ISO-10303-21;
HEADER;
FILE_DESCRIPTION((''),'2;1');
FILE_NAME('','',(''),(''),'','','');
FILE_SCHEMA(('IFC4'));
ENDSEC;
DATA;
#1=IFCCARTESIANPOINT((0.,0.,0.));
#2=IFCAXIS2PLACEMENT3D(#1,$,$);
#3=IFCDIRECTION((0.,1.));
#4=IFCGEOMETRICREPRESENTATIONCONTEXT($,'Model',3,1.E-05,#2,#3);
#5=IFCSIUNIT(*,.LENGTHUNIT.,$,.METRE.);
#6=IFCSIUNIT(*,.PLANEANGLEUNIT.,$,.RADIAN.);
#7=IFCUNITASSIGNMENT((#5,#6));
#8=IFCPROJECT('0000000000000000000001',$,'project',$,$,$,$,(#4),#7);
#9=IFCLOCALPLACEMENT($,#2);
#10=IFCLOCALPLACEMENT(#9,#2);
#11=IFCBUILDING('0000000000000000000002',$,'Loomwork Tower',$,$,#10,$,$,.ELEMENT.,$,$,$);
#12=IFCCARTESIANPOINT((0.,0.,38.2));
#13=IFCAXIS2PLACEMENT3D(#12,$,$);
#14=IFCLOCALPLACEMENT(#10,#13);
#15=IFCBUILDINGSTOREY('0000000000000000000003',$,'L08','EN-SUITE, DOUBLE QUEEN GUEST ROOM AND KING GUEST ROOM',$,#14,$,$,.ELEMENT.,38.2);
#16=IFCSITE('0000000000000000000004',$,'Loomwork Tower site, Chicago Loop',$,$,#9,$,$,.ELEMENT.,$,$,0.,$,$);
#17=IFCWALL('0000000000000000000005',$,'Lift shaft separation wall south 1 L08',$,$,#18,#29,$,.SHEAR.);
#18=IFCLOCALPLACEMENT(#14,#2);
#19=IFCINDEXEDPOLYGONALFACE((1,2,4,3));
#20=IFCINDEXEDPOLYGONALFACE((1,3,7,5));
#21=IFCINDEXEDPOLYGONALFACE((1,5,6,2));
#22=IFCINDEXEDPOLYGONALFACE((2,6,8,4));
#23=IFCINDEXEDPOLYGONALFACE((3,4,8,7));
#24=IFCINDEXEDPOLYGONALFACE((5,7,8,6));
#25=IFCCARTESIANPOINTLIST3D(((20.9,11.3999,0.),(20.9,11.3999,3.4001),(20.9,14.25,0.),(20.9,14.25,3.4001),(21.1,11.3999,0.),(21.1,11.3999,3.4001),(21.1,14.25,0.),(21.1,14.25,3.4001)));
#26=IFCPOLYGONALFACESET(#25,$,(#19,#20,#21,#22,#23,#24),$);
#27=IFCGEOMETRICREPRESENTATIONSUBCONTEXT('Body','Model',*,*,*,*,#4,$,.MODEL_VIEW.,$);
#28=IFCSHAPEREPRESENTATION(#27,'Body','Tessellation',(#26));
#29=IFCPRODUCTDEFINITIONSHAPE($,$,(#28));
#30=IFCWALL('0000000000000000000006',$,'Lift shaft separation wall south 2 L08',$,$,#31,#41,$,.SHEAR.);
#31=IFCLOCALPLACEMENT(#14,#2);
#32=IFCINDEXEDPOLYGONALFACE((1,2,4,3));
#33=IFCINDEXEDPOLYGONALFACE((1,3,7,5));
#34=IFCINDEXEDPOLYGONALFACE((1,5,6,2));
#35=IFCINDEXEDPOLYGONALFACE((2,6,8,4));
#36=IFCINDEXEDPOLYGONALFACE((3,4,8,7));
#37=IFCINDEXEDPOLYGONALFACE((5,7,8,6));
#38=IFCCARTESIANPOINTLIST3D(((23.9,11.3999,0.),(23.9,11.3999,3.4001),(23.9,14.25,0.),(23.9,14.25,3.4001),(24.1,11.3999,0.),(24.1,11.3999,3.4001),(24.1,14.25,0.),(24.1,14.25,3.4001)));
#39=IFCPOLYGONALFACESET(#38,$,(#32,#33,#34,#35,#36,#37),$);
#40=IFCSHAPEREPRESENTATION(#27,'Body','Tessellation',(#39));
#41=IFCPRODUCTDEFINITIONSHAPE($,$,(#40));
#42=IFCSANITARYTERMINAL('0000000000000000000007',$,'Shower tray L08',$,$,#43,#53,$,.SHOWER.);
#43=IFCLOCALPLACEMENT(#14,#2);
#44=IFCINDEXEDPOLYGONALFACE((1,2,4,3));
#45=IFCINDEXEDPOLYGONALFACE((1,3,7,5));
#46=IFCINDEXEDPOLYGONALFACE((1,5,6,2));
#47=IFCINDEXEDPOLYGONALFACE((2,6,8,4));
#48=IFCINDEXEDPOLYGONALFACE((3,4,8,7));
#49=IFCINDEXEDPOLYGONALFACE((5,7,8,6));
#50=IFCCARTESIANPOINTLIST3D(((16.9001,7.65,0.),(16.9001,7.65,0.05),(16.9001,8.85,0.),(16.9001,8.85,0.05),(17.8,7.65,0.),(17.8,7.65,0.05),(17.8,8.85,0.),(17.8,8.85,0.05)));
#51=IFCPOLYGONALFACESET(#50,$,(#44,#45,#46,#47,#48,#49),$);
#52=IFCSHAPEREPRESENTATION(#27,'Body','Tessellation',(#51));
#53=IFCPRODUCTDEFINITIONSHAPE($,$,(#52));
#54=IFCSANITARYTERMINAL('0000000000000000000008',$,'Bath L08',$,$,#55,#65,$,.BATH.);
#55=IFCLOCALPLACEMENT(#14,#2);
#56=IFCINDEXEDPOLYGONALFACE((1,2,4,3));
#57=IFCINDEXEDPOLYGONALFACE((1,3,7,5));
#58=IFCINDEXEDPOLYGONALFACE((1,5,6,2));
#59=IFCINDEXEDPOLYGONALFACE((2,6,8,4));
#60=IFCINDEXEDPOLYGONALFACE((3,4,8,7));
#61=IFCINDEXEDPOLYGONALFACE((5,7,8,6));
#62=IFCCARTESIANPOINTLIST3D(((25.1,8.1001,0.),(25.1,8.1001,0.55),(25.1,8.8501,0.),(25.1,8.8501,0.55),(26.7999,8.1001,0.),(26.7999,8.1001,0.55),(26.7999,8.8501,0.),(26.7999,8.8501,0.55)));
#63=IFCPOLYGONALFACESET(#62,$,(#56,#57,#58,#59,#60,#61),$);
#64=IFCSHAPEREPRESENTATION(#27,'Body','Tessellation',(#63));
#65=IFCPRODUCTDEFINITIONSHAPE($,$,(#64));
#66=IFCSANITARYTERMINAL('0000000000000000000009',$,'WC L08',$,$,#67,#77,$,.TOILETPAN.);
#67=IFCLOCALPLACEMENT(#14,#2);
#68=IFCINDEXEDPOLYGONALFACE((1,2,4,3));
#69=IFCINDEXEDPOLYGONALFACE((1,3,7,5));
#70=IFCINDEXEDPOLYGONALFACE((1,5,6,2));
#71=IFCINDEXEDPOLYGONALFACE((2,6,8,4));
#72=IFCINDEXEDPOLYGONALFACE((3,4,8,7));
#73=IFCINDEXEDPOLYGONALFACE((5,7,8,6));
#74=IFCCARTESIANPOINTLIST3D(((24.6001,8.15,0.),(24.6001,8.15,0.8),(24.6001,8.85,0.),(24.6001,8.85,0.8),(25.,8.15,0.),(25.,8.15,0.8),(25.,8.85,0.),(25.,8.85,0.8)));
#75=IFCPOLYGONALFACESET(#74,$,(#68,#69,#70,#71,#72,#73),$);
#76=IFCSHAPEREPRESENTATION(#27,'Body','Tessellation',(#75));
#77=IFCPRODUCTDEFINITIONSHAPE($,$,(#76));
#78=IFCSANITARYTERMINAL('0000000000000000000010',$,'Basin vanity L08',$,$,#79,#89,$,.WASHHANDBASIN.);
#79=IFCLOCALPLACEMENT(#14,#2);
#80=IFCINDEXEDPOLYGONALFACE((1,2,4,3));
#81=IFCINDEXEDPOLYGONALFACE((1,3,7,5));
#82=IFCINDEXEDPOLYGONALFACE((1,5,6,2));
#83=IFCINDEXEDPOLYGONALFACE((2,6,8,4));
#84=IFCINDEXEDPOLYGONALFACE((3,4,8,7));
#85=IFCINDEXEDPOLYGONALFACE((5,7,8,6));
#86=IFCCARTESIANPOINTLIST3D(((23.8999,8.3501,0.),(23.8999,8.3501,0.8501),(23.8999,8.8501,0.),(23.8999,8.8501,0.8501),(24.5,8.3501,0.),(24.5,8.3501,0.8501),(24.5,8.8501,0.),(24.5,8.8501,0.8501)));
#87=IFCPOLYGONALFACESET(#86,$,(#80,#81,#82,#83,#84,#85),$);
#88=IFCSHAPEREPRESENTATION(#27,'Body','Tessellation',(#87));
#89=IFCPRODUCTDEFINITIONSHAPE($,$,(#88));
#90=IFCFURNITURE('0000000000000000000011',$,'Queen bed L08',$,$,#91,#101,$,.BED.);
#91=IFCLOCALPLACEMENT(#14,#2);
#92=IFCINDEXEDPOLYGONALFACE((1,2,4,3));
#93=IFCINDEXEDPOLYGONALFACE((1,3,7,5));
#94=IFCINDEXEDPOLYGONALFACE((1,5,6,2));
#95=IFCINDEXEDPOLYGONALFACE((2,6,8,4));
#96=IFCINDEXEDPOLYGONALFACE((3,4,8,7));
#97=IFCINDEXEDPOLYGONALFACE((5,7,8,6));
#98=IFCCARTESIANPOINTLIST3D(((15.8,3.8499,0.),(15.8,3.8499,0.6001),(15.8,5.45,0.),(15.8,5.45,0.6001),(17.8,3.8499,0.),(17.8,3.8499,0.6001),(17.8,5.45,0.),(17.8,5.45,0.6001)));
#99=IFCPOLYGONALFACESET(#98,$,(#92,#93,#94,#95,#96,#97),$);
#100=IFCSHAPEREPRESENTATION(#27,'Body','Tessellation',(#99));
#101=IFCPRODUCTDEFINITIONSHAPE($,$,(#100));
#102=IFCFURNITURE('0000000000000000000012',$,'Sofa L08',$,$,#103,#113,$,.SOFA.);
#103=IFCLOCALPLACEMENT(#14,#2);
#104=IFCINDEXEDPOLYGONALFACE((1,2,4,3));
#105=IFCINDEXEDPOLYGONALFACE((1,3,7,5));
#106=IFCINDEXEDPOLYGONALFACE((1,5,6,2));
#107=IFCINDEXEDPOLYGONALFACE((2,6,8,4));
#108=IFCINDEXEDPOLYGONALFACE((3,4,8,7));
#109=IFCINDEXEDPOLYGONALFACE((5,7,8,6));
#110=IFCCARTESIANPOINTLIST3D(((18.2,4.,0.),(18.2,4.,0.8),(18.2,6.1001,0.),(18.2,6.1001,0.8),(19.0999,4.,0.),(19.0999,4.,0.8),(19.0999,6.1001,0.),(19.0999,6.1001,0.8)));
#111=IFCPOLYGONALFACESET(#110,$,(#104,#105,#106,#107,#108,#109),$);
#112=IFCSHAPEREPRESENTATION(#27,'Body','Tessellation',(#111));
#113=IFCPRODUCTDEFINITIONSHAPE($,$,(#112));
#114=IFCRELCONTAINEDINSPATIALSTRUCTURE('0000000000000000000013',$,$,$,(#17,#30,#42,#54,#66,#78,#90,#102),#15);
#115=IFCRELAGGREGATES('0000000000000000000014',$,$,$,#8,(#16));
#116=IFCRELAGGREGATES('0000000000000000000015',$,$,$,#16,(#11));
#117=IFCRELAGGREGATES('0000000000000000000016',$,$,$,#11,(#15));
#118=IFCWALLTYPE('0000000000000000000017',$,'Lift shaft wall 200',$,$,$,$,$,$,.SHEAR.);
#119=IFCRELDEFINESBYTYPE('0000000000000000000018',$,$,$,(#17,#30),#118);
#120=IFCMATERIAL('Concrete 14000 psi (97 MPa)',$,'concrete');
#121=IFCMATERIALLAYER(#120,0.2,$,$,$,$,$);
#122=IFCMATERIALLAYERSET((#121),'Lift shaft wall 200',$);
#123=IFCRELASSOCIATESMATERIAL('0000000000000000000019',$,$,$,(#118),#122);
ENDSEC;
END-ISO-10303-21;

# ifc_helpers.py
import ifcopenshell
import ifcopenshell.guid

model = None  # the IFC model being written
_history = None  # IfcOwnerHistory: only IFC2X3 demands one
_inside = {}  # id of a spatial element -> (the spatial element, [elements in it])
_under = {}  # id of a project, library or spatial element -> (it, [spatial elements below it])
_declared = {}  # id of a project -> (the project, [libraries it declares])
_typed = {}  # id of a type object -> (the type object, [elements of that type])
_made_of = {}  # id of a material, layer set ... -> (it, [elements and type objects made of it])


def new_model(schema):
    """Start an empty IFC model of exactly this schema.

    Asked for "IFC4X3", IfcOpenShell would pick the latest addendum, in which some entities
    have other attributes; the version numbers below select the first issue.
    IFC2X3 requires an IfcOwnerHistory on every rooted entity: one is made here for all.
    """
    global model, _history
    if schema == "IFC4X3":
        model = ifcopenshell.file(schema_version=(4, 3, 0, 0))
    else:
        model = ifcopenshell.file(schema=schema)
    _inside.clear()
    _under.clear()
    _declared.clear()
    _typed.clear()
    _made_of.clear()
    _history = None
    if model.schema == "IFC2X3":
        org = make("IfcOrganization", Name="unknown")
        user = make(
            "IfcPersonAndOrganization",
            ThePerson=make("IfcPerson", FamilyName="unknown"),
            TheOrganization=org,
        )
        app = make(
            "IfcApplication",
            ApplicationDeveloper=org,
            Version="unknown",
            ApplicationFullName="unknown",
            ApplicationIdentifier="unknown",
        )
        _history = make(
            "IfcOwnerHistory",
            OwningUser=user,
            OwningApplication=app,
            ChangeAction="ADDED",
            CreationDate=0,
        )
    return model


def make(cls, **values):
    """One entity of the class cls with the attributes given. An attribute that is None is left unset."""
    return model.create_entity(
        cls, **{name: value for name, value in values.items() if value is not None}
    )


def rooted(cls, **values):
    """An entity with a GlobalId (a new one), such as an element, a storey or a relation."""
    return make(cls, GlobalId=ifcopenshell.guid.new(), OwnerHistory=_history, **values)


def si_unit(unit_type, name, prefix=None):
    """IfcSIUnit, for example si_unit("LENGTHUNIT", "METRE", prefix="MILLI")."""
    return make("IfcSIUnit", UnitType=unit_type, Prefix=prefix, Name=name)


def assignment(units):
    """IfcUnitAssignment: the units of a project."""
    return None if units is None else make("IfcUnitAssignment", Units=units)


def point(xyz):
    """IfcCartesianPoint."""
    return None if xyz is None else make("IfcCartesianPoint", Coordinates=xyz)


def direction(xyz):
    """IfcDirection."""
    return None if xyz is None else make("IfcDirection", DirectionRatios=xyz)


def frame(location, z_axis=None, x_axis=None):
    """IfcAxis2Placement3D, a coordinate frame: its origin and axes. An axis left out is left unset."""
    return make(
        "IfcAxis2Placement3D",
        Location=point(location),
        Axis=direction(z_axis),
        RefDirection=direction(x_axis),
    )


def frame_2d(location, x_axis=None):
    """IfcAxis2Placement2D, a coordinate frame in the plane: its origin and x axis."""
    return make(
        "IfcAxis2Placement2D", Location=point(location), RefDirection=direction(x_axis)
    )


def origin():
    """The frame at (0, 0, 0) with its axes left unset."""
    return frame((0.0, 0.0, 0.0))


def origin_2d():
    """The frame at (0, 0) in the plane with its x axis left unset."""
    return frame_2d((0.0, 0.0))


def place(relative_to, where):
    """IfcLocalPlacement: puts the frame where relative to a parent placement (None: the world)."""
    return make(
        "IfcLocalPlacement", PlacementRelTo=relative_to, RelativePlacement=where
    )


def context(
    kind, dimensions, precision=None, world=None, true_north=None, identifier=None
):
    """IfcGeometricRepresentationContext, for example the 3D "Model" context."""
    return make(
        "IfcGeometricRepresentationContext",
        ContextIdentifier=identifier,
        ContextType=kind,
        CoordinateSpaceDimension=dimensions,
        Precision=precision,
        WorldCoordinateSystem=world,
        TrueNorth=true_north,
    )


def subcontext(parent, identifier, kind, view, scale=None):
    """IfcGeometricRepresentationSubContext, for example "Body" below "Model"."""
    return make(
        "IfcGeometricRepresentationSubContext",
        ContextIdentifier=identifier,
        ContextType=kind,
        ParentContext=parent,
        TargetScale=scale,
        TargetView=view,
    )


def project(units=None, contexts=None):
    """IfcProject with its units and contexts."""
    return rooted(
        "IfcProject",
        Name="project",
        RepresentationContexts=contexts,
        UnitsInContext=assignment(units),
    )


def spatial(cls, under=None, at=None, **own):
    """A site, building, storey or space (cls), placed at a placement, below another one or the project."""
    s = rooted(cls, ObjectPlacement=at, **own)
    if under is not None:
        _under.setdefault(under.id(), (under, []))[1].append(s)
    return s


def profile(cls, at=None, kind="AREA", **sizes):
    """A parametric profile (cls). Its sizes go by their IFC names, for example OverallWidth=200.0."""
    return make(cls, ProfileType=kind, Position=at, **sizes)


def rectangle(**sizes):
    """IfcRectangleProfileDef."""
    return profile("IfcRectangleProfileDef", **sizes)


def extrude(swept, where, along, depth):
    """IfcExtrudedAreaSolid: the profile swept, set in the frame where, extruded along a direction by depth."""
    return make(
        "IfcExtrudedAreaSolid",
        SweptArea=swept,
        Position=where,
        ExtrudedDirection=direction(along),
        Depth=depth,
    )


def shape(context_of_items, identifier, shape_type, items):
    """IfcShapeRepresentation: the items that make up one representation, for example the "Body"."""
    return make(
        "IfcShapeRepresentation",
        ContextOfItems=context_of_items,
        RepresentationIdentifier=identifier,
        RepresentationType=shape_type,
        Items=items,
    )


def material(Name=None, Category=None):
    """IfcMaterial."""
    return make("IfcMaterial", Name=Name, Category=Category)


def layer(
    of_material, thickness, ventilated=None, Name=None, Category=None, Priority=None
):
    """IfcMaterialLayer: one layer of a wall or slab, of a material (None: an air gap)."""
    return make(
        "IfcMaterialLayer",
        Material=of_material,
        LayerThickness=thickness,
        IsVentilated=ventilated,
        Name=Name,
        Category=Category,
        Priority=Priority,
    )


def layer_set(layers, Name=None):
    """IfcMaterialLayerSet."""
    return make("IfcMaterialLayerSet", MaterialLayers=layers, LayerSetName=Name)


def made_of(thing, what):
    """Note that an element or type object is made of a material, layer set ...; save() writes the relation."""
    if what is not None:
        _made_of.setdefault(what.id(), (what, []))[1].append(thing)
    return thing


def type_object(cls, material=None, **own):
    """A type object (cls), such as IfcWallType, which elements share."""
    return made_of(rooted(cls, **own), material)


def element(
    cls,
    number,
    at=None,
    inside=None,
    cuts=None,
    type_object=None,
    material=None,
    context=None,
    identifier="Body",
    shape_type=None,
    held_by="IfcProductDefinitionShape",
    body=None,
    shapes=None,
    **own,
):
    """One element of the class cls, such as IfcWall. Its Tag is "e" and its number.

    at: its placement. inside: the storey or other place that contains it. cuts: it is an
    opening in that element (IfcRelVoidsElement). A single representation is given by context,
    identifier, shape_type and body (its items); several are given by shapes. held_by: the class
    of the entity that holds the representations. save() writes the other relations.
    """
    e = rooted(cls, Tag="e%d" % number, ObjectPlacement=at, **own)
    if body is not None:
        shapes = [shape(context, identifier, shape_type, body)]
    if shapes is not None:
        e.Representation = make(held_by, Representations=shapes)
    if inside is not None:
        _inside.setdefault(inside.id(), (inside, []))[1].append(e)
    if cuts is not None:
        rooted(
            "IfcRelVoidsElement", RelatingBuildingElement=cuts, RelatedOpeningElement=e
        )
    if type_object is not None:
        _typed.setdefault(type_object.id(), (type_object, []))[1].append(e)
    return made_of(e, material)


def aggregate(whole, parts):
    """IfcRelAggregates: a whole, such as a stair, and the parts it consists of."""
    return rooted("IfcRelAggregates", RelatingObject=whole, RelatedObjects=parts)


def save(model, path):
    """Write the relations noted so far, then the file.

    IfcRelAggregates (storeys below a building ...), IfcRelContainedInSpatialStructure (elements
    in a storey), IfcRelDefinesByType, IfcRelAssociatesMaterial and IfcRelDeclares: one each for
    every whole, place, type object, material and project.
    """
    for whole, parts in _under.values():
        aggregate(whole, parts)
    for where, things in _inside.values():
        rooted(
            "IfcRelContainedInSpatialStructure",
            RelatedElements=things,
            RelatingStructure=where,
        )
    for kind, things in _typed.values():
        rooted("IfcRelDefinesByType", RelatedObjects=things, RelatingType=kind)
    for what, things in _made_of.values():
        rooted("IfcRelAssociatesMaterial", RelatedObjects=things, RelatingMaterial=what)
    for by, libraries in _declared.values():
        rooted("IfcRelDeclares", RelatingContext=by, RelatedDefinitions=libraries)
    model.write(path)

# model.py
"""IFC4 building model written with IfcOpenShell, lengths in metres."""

from ifc_helpers import new_model, si_unit, direction, frame, frame_2d, origin, origin_2d, place, context, subcontext, project, spatial, rectangle, extrude, material, layer, layer_set, type_object, element, save


model = new_model("IFC4")

# Units and contexts
model_context = context("Model", 3, precision=1e-05, world=origin(), true_north=direction((0.0, 1.0)))
body_context = subcontext(model_context, "Body", "Model", "MODEL_VIEW")
ifc_project = project(units=[si_unit("LENGTHUNIT", "METRE"), si_unit("PLANEANGLEUNIT", "RADIAN")], contexts=[model_context])

# Site, building, storey
site_placement = place(None, origin())
site = spatial("IfcSite", under=ifc_project, at=site_placement, Name="Loomwork Tower site, Chicago Loop", CompositionType="ELEMENT", RefElevation=0.0)
building_placement = place(site_placement, origin())
building = spatial("IfcBuilding", under=site, at=building_placement, Name="Loomwork Tower", CompositionType="ELEMENT")
storey_placement = place(building_placement, frame((0.0, 0.0, 38.2)))
storey = spatial("IfcBuildingStorey", under=building, at=storey_placement, Name="L08", Description="EN-SUITE, DOUBLE QUEEN GUEST ROOM AND KING GUEST ROOM", CompositionType="ELEMENT", Elevation=38.2)

# Walls
ifc_material_1 = material(Name="Concrete 14000 psi (97 MPa)", Category="concrete")
ifc_layer_1 = layer(ifc_material_1, 0.2)
ifc_layer_set_1 = layer_set([ifc_layer_1], Name="Lift shaft wall 200")
wall_type_1 = type_object("IfcWallType", Name="Lift shaft wall 200", PredefinedType="SHEAR", material=ifc_layer_set_1)
for number, where, z_axis, x_axis, name in (
    (1, (21.0, 11.3999, 0.0), (0.0, 0.0, 1.0), (0.0, 1.0, 0.0), "Lift shaft separation wall south 1 L08"),
    (2, (24.0, 11.3999, 0.0), (0.0, 0.0, 1.0), (0.0, 1.0, 0.0), "Lift shaft separation wall south 2 L08"),
):
    element("IfcWall", number, at=place(storey_placement, frame(where, z_axis=z_axis, x_axis=x_axis)), inside=storey, type_object=wall_type_1, Name=name, PredefinedType="SHEAR", context=body_context, shape_type="SweptSolid", body=[
        extrude(rectangle(XDim=2.8501, YDim=0.2, at=frame_2d((1.425, 0.0))), origin(), (0.0, 0.0, 1.0), 3.4001),
    ])

# Sanitary terminals
sanitary_terminal_1_placement = place(storey_placement, frame((17.3501, 8.25, 0.0), z_axis=(0.0, 0.0, 1.0), x_axis=(1.0, 0.0, 0.0)))
element("IfcSanitaryTerminal", 3, at=sanitary_terminal_1_placement, inside=storey, Name="Shower tray L08", PredefinedType="SHOWER", context=body_context, shape_type="SweptSolid", body=[
    extrude(rectangle(XDim=0.8999, YDim=1.2, at=origin_2d()), origin(), (0.0, 0.0, 1.0), 0.05),
])
sanitary_terminal_2_placement = place(storey_placement, frame((25.95, 8.4751, 0.0), z_axis=(0.0, 0.0, 1.0), x_axis=(1.0, 0.0, 0.0)))
element("IfcSanitaryTerminal", 4, at=sanitary_terminal_2_placement, inside=storey, Name="Bath L08", PredefinedType="BATH", context=body_context, shape_type="SweptSolid", body=[
    extrude(rectangle(XDim=1.7, YDim=0.75, at=origin_2d()), origin(), (0.0, 0.0, 1.0), 0.55),
])
sanitary_terminal_3_placement = place(storey_placement, frame((24.8, 8.5, 0.0), z_axis=(0.0, 0.0, 1.0), x_axis=(1.0, 0.0, 0.0)))
element("IfcSanitaryTerminal", 5, at=sanitary_terminal_3_placement, inside=storey, Name="WC L08", PredefinedType="TOILETPAN", context=body_context, shape_type="SweptSolid", body=[
    extrude(rectangle(XDim=0.3999, YDim=0.7, at=origin_2d()), origin(), (0.0, 0.0, 1.0), 0.8),
])
sanitary_terminal_4_placement = place(storey_placement, frame((24.2, 8.6001, 0.0), z_axis=(0.0, 0.0, 1.0), x_axis=(1.0, 0.0, 0.0)))
element("IfcSanitaryTerminal", 6, at=sanitary_terminal_4_placement, inside=storey, Name="Basin vanity L08", PredefinedType="WASHHANDBASIN", context=body_context, shape_type="SweptSolid", body=[
    extrude(rectangle(XDim=0.6001, YDim=0.5, at=origin_2d()), origin(), (0.0, 0.0, 1.0), 0.8501),
])

# Furniture
furniture_1_placement = place(storey_placement, frame((16.8, 4.6499, 0.0), z_axis=(0.0, 0.0, 1.0), x_axis=(1.0, 0.0, 0.0)))
element("IfcFurniture", 7, at=furniture_1_placement, inside=storey, Name="Queen bed L08", PredefinedType="BED", context=body_context, shape_type="SweptSolid", body=[
    extrude(rectangle(XDim=2.0, YDim=1.6001, at=origin_2d()), origin(), (0.0, 0.0, 1.0), 0.6001),
])
furniture_2_placement = place(storey_placement, frame((18.6499, 5.05, 0.0), z_axis=(0.0, 0.0, 1.0), x_axis=(1.0, 0.0, 0.0)))
element("IfcFurniture", 8, at=furniture_2_placement, inside=storey, Name="Sofa L08", PredefinedType="SOFA", context=body_context, shape_type="SweptSolid", body=[
    extrude(rectangle(XDim=0.8999, YDim=2.1001, at=origin_2d()), origin(), (0.0, 0.0, 1.0), 0.8),
])

save(model, "model.ifc")
